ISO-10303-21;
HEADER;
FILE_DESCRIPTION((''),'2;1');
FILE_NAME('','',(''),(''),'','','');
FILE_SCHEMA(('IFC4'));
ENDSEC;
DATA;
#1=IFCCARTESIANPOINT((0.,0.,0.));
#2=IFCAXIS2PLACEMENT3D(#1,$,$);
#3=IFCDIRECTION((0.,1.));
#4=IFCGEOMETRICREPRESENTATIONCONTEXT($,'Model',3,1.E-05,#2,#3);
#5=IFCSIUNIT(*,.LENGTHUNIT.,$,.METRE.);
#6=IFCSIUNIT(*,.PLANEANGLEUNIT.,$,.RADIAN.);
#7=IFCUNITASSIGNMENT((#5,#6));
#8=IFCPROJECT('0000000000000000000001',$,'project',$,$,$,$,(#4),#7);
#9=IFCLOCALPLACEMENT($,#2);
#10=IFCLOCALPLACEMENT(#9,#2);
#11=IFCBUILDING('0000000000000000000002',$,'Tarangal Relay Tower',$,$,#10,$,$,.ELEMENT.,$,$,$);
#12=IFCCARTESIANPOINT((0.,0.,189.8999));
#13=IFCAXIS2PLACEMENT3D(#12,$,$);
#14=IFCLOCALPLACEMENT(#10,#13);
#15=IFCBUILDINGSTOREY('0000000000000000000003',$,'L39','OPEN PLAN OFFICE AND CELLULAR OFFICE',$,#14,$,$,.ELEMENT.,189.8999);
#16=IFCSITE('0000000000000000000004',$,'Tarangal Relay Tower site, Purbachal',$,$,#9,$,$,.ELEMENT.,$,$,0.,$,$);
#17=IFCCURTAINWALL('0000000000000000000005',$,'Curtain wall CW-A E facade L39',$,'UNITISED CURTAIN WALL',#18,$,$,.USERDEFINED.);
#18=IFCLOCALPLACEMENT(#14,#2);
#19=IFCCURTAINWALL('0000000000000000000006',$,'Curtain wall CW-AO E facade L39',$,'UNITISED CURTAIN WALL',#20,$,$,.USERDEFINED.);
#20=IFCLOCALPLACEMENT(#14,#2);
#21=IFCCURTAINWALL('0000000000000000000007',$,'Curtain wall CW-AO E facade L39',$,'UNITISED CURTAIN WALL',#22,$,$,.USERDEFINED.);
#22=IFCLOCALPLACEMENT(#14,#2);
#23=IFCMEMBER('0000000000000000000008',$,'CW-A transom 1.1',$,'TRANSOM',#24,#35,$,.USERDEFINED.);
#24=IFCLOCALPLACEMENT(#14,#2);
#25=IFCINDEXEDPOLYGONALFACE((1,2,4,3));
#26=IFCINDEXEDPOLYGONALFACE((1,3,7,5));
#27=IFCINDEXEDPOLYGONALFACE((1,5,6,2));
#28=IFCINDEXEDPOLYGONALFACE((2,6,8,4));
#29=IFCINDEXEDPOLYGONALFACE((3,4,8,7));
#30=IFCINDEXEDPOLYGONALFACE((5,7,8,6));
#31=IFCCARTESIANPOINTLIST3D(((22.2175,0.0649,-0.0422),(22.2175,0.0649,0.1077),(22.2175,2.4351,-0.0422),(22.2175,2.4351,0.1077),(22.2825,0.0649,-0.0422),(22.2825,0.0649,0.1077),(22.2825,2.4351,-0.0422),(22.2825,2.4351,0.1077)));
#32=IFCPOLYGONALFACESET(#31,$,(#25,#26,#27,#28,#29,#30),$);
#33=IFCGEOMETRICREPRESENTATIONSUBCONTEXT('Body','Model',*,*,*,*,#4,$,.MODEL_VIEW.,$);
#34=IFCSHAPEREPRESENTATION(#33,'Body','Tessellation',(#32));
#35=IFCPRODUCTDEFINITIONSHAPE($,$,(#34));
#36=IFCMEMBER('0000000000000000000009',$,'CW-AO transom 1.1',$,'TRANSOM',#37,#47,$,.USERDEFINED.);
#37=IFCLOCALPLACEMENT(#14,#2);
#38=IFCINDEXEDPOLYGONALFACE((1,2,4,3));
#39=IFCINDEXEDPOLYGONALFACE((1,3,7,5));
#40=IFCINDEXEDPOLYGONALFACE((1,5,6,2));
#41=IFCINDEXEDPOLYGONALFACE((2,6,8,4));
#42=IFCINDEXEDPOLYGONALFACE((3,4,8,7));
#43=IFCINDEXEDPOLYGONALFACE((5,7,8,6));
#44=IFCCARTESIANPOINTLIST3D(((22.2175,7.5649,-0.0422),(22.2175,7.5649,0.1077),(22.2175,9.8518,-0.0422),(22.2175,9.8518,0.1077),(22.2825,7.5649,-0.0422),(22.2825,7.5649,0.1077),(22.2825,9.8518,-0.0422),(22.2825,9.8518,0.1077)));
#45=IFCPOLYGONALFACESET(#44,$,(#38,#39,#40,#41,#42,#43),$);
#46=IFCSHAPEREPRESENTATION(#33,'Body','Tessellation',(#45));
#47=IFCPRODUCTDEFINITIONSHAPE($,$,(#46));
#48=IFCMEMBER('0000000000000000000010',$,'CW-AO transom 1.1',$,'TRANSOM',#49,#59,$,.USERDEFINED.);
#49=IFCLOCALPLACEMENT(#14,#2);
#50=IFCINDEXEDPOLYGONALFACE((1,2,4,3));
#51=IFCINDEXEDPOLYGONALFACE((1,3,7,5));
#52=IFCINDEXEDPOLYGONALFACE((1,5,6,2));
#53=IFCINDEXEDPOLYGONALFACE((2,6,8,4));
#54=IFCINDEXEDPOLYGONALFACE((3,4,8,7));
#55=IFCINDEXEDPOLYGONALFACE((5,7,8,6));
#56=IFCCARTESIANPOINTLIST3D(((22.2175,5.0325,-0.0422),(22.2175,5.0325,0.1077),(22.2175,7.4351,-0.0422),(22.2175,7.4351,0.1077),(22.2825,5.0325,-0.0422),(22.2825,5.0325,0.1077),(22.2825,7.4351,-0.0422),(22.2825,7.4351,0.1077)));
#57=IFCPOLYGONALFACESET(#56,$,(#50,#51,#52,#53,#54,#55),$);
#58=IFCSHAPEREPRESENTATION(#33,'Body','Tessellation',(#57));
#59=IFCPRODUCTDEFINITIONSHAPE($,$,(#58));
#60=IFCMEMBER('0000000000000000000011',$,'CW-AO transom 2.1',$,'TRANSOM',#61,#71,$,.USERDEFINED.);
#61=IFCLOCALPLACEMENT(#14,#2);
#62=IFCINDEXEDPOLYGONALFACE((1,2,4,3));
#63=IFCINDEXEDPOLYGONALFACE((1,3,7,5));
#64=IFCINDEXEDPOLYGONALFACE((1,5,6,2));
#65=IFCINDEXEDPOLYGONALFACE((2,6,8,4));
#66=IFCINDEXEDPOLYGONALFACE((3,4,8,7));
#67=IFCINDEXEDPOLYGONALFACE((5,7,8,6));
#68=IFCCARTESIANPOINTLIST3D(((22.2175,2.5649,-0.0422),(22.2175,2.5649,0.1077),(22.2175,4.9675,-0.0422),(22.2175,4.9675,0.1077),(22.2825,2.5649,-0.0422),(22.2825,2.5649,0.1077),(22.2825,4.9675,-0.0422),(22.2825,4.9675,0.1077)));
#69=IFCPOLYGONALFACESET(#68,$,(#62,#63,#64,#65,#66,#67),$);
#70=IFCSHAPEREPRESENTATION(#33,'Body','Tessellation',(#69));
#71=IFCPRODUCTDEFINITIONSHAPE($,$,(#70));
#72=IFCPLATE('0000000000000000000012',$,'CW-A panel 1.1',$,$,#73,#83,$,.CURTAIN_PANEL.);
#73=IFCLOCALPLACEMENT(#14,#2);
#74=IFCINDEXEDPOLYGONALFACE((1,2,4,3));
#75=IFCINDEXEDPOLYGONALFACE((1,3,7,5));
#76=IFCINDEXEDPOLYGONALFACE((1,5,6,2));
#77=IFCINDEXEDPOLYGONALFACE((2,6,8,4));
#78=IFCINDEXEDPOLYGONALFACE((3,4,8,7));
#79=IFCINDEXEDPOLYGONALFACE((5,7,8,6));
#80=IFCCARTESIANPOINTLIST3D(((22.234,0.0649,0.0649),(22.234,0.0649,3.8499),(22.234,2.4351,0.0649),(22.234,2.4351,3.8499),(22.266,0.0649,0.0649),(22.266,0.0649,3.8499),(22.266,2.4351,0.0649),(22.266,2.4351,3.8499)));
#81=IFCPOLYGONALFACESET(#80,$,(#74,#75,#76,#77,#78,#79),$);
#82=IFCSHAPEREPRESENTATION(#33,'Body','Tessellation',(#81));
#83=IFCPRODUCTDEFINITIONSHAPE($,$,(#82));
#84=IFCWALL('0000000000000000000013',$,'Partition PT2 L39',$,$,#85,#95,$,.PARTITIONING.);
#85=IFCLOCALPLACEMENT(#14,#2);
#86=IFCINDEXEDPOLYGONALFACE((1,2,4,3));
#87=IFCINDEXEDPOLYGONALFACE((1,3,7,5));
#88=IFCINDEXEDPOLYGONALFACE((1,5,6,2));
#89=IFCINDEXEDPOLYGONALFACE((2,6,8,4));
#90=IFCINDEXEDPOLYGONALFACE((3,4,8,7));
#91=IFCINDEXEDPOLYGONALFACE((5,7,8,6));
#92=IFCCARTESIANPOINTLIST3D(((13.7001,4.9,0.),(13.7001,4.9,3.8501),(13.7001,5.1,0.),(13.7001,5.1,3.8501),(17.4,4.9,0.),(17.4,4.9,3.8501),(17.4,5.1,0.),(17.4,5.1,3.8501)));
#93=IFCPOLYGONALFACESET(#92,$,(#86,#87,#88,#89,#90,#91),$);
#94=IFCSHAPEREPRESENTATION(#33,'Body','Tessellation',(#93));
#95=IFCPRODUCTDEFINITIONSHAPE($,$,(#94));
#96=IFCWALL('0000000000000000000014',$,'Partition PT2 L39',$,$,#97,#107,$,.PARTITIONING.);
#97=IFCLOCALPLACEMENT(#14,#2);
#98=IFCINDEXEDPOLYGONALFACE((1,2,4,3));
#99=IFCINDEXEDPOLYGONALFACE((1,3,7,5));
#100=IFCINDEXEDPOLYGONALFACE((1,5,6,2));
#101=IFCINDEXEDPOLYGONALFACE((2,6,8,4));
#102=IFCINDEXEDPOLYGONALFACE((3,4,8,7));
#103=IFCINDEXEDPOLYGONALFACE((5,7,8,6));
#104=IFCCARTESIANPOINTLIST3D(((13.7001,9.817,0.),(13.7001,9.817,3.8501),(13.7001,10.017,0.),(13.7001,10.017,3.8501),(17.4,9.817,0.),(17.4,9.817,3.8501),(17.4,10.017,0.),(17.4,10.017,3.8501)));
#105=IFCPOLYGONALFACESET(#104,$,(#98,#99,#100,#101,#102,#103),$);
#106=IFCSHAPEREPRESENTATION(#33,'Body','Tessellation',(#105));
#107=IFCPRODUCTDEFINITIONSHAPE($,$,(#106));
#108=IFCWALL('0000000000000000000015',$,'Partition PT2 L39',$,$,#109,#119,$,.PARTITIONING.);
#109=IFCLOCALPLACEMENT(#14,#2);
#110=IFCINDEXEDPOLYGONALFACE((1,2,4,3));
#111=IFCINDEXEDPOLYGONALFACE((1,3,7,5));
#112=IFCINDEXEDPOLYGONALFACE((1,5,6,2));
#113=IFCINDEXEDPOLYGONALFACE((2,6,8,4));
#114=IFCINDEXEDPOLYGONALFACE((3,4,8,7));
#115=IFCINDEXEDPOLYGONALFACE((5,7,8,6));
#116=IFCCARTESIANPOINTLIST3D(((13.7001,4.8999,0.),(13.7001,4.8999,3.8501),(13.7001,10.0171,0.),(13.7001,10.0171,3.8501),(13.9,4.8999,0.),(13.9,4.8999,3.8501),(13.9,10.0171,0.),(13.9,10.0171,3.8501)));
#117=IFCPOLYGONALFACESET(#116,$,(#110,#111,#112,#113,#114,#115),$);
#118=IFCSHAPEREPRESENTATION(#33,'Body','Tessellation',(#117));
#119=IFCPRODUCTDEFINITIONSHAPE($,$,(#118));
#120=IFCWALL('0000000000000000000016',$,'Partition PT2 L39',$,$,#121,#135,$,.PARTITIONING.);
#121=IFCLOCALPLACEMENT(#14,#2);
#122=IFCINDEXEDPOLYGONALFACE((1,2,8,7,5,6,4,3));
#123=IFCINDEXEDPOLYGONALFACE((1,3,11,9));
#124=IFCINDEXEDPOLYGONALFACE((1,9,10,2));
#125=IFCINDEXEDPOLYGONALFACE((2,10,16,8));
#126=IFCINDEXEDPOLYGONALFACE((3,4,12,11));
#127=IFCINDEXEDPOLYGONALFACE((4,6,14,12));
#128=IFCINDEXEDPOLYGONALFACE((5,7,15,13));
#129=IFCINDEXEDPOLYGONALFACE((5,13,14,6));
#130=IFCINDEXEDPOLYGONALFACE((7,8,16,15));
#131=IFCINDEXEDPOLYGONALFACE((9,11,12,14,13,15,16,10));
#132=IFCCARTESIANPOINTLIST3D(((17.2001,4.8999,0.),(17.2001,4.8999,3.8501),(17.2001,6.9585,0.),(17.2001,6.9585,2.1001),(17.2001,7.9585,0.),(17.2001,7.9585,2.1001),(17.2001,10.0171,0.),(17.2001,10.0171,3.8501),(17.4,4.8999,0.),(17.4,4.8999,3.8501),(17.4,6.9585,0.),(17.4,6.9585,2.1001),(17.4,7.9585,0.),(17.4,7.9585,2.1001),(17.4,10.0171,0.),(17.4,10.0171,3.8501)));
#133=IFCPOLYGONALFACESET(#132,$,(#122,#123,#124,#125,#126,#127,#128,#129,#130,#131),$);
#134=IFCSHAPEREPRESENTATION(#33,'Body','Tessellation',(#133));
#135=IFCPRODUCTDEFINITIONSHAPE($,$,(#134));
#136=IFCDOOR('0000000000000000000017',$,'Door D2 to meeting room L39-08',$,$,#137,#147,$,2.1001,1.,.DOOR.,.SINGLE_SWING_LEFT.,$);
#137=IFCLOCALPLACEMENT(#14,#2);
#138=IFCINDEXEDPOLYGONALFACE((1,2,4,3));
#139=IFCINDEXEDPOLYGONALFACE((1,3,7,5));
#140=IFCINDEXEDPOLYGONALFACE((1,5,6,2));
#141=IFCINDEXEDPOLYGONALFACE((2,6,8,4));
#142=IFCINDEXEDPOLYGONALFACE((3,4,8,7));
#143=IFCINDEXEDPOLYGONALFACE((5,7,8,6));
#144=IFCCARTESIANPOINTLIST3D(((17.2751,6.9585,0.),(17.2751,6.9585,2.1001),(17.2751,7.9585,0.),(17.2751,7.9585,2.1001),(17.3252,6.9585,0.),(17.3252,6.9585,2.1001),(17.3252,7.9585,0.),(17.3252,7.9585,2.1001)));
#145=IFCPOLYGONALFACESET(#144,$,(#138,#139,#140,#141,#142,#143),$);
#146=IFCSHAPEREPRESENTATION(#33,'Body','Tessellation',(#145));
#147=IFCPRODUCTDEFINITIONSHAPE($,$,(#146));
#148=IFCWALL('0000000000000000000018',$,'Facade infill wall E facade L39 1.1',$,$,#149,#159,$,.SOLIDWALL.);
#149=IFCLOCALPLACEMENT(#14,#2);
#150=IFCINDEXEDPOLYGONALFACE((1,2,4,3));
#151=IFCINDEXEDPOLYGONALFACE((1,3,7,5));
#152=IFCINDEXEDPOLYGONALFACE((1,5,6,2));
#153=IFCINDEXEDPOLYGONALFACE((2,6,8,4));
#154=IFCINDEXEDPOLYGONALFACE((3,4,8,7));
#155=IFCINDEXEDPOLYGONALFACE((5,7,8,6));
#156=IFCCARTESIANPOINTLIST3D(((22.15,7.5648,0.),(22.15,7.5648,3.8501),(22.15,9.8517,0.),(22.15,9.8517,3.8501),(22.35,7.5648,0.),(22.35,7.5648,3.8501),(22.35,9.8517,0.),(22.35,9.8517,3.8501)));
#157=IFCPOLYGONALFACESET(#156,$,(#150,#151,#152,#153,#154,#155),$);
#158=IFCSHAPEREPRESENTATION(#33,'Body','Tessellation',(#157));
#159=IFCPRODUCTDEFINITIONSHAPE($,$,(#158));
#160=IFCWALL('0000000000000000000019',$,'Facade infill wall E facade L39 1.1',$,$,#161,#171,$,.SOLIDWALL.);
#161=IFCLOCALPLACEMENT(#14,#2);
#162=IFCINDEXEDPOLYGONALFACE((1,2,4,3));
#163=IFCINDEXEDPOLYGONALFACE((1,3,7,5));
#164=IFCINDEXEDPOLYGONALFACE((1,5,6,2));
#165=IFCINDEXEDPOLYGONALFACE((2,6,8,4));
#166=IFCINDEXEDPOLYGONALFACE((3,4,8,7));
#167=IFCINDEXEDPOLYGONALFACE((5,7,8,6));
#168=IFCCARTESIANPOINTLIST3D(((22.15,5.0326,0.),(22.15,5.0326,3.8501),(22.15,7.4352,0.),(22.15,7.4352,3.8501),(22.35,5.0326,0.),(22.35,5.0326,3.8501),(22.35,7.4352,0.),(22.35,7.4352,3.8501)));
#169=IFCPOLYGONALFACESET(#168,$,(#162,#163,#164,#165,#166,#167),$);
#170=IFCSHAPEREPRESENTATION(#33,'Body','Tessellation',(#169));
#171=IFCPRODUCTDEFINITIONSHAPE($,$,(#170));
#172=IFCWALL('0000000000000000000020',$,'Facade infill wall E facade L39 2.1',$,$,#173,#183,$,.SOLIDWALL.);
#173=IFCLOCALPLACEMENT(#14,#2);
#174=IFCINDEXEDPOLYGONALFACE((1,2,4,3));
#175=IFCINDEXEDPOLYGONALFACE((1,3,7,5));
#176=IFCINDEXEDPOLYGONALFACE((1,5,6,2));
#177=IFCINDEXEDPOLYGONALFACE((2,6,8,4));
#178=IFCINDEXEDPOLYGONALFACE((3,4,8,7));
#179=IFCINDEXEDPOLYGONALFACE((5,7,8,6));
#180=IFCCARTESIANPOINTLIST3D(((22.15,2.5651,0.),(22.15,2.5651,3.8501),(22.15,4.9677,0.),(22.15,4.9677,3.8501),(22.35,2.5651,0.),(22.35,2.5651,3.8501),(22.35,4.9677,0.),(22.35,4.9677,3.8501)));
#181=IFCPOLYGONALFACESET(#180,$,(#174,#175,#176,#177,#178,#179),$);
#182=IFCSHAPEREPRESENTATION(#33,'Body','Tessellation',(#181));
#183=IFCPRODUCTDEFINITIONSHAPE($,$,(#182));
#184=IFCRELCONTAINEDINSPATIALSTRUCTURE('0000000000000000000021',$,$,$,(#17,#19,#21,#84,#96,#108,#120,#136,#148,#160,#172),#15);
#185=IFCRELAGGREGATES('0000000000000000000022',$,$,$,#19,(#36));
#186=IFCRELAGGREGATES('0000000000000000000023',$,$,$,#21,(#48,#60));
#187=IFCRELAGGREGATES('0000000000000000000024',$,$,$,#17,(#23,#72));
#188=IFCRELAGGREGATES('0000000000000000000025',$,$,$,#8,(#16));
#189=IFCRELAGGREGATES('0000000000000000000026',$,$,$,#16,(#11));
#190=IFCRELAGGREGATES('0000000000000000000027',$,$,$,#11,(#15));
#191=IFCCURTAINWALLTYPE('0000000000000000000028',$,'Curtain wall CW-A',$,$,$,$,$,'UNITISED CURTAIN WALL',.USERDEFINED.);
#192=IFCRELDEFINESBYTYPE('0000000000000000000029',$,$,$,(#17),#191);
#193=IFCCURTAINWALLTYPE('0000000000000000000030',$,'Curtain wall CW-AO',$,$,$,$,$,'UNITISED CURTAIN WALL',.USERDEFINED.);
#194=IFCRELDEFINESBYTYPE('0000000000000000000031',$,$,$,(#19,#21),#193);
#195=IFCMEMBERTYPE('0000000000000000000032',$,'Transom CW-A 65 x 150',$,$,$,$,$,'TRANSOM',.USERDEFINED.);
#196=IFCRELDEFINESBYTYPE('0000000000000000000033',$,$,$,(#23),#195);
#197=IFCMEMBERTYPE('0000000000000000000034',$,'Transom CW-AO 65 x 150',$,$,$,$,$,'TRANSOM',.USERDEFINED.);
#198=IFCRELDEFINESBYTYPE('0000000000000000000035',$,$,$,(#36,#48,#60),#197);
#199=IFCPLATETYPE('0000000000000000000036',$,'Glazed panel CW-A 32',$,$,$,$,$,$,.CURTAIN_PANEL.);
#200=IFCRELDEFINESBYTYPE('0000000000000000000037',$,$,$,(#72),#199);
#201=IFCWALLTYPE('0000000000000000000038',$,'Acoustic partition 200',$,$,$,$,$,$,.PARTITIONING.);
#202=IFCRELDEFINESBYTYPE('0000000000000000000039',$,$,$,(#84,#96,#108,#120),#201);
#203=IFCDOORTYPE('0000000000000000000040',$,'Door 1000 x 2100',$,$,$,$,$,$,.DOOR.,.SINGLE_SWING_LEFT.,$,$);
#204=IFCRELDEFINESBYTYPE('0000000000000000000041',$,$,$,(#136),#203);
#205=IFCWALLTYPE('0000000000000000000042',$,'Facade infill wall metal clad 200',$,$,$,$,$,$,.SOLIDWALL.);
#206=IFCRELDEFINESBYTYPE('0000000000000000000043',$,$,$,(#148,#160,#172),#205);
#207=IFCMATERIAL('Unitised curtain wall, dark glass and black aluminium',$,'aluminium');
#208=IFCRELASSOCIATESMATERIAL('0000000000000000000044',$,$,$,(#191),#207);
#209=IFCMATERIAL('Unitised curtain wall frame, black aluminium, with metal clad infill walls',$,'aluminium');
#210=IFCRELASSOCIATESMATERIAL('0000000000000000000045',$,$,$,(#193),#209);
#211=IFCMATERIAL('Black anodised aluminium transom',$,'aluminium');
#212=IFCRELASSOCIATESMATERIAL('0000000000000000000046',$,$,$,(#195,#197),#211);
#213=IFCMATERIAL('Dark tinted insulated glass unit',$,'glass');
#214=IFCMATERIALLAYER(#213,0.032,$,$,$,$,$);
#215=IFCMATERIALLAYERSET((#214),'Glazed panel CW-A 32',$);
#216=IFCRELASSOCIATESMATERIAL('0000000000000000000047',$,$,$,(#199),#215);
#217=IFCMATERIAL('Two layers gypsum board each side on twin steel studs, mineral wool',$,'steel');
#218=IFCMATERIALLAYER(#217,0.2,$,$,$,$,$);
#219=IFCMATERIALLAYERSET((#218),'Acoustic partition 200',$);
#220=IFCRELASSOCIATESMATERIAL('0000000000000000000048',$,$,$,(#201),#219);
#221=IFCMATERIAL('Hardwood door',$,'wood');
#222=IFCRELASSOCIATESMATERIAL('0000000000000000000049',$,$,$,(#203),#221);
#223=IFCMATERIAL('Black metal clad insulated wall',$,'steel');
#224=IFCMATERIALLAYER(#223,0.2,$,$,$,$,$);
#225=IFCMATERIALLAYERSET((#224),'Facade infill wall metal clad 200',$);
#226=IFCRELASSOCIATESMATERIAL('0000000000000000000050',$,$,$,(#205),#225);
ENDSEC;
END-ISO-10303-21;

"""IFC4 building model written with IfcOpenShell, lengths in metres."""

from ifc_helpers import new_model, si_unit, direction, frame, frame_2d, origin, origin_2d, place, context, subcontext, project, spatial, rectangle, extrude, material, layer, layer_set, material_profile, profile_set, type_object, element, fill, aggregate, save


model = new_model("IFC4")

# Units and contexts
model_context = context("Model", 3, precision=1e-05, world=origin(), true_north=direction((0.0, 1.0)))
body_context = subcontext(model_context, "Body", "Model", "MODEL_VIEW")
ifc_project = project(units=[si_unit("LENGTHUNIT", "METRE"), si_unit("PLANEANGLEUNIT", "RADIAN")], contexts=[model_context])

# Site, building, storey
site_placement = place(None, origin())
site = spatial("IfcSite", under=ifc_project, at=site_placement, Name="Tarangal Relay Tower site, Purbachal", CompositionType="ELEMENT", RefElevation=0.0)
building_placement = place(site_placement, origin())
building = spatial("IfcBuilding", under=site, at=building_placement, Name="Tarangal Relay Tower", CompositionType="ELEMENT")
storey_placement = place(building_placement, frame((0.0, 0.0, 189.8999)))
storey = spatial("IfcBuildingStorey", under=building, at=storey_placement, Name="L39", Description="OPEN PLAN OFFICE AND CELLULAR OFFICE", CompositionType="ELEMENT", Elevation=189.8999)

# Curtain walls
ifc_material_1 = material(Name="Unitised curtain wall, dark glass and black aluminium", Category="aluminium")
curtain_wall_type_1 = type_object("IfcCurtainWallType", Name="Curtain wall CW-A", ElementType="UNITISED CURTAIN WALL", PredefinedType="USERDEFINED", material=ifc_material_1)
curtain_wall_1_placement = place(storey_placement, origin())
curtain_wall_1 = element("IfcCurtainWall", 1, at=curtain_wall_1_placement, inside=storey, type_object=curtain_wall_type_1, Name="Curtain wall CW-A E facade L39", ObjectType="UNITISED CURTAIN WALL", PredefinedType="USERDEFINED")
ifc_material_2 = material(Name="Unitised curtain wall frame, black aluminium, with metal clad infill walls", Category="aluminium")
curtain_wall_type_2 = type_object("IfcCurtainWallType", Name="Curtain wall CW-AO", ElementType="UNITISED CURTAIN WALL", PredefinedType="USERDEFINED", material=ifc_material_2)
curtain_wall_2_placement = place(storey_placement, origin())
curtain_wall_2 = element("IfcCurtainWall", 2, at=curtain_wall_2_placement, inside=storey, type_object=curtain_wall_type_2, Name="Curtain wall CW-AO E facade L39", ObjectType="UNITISED CURTAIN WALL", PredefinedType="USERDEFINED")
curtain_wall_3_placement = place(storey_placement, origin())
curtain_wall_3 = element("IfcCurtainWall", 3, at=curtain_wall_3_placement, inside=storey, type_object=curtain_wall_type_2, Name="Curtain wall CW-AO E facade L39", ObjectType="UNITISED CURTAIN WALL", PredefinedType="USERDEFINED")

# Members
ifc_material_3 = material(Name="Black anodised aluminium transom", Category="aluminium")
ifc_material_profile_1 = material_profile(ifc_material_3, rectangle(XDim=0.0649, YDim=0.1499, at=origin_2d()), Name="CW-AT 65X150")
ifc_profile_set_1 = profile_set([ifc_material_profile_1], Name="Black anodised aluminium transom")
member_type_1 = type_object("IfcMemberType", Name="Transom CW-A 65 x 150", ElementType="TRANSOM", PredefinedType="USERDEFINED", material=ifc_profile_set_1)
member_1_placement = place(storey_placement, frame((22.25, 2.4351, 0.0327), z_axis=(0.0, -1.0, 0.0), x_axis=(1.0, 0.0, 0.0)))
member_1 = element("IfcMember", 4, at=member_1_placement, type_object=member_type_1, Name="CW-A transom 1.1", ObjectType="TRANSOM", PredefinedType="USERDEFINED", context=body_context, shape_type="SweptSolid", body=[
    extrude(rectangle(XDim=0.0649, YDim=0.1499, at=origin_2d()), origin(), (0.0, 0.0, 1.0), 2.3701),
])
ifc_material_profile_2 = material_profile(ifc_material_3, rectangle(XDim=0.0649, YDim=0.1499, at=origin_2d()), Name="CW-AOT 65X150")
ifc_profile_set_2 = profile_set([ifc_material_profile_2], Name="Black anodised aluminium transom")
member_type_2 = type_object("IfcMemberType", Name="Transom CW-AO 65 x 150", ElementType="TRANSOM", PredefinedType="USERDEFINED", material=ifc_profile_set_2)
member_2_placement = place(storey_placement, frame((22.25, 9.8518, 0.0327), z_axis=(0.0, -1.0, 0.0), x_axis=(1.0, 0.0, 0.0)))
member_2 = element("IfcMember", 5, at=member_2_placement, type_object=member_type_2, Name="CW-AO transom 1.1", ObjectType="TRANSOM", PredefinedType="USERDEFINED", context=body_context, shape_type="SweptSolid", body=[
    extrude(rectangle(XDim=0.0649, YDim=0.1499, at=origin_2d()), origin(), (0.0, 0.0, 1.0), 2.2869),
])
aggregate(curtain_wall_2, [member_2])
member_3_placement = place(storey_placement, frame((22.25, 7.4351, 0.0327), z_axis=(0.0, -1.0, 0.0), x_axis=(1.0, 0.0, 0.0)))
member_3 = element("IfcMember", 6, at=member_3_placement, type_object=member_type_2, Name="CW-AO transom 1.1", ObjectType="TRANSOM", PredefinedType="USERDEFINED", context=body_context, shape_type="SweptSolid", body=[
    extrude(rectangle(XDim=0.0649, YDim=0.1499, at=origin_2d()), origin(), (0.0, 0.0, 1.0), 2.4026),
])
member_4_placement = place(storey_placement, frame((22.25, 4.9675, 0.0327), z_axis=(0.0, -1.0, 0.0), x_axis=(1.0, 0.0, 0.0)))
member_4 = element("IfcMember", 7, at=member_4_placement, type_object=member_type_2, Name="CW-AO transom 2.1", ObjectType="TRANSOM", PredefinedType="USERDEFINED", context=body_context, shape_type="SweptSolid", body=[
    extrude(rectangle(XDim=0.0649, YDim=0.1499, at=origin_2d()), origin(), (0.0, 0.0, 1.0), 2.4026),
])
aggregate(curtain_wall_3, [member_3, member_4])

# Plate
ifc_material_4 = material(Name="Dark tinted insulated glass unit", Category="glass")
ifc_layer_1 = layer(ifc_material_4, 0.032)
ifc_layer_set_1 = layer_set([ifc_layer_1], Name="Glazed panel CW-A 32")
plate_type = type_object("IfcPlateType", Name="Glazed panel CW-A 32", PredefinedType="CURTAIN_PANEL", material=ifc_layer_set_1)
plate_placement = place(storey_placement, frame((22.25, 1.25, 0.0649), z_axis=(0.0, 0.0, 1.0), x_axis=(0.0, -1.0, 0.0)))
plate = element("IfcPlate", 8, at=plate_placement, type_object=plate_type, Name="CW-A panel 1.1", PredefinedType="CURTAIN_PANEL", context=body_context, shape_type="SweptSolid", body=[
    extrude(rectangle(XDim=2.3701, YDim=0.032, at=origin_2d()), origin(), (0.0, 0.0, 1.0), 3.7849),
])
aggregate(curtain_wall_1, [member_1, plate])

# Walls
ifc_material_5 = material(Name="Two layers gypsum board each side on twin steel studs, mineral wool", Category="steel")
ifc_layer_2 = layer(ifc_material_5, 0.2)
ifc_layer_set_2 = layer_set([ifc_layer_2], Name="Acoustic partition 200")
wall_type_1 = type_object("IfcWallType", Name="Acoustic partition 200", PredefinedType="PARTITIONING", material=ifc_layer_set_2)
for number, where, z_axis, x_axis, name in (
    (9, (13.7, 5.0, 0.0), (0.0, 0.0, 1.0), (1.0, 0.0, 0.0), "Partition PT2 L39"),
    (10, (13.7, 9.917, 0.0), (0.0, 0.0, 1.0), (1.0, 0.0, 0.0), "Partition PT2 L39"),
):
    element("IfcWall", number, at=place(storey_placement, frame(where, z_axis=z_axis, x_axis=x_axis)), inside=storey, type_object=wall_type_1, Name=name, PredefinedType="PARTITIONING", context=body_context, shape_type="SweptSolid", body=[
        extrude(rectangle(XDim=3.7, YDim=0.2, at=frame_2d((1.8501, 0.0))), origin(), (0.0, 0.0, 1.0), 3.8501),
    ])
wall_1_placement = place(storey_placement, frame((13.8, 4.8999, 0.0), z_axis=(0.0, 0.0, 1.0), x_axis=(0.0, 1.0, 0.0)))
element("IfcWall", 11, at=wall_1_placement, inside=storey, type_object=wall_type_1, Name="Partition PT2 L39", PredefinedType="PARTITIONING", context=body_context, shape_type="SweptSolid", body=[
    extrude(rectangle(XDim=5.1172, YDim=0.2, at=frame_2d((2.5586, 0.0))), origin(), (0.0, 0.0, 1.0), 3.8501),
])

# Wall, opening, door
wall_2_placement = place(storey_placement, frame((17.3, 4.8999, 0.0), z_axis=(0.0, 0.0, 1.0), x_axis=(0.0, 1.0, 0.0)))
wall_2 = element("IfcWall", 12, at=wall_2_placement, inside=storey, type_object=wall_type_1, Name="Partition PT2 L39", PredefinedType="PARTITIONING", context=body_context, shape_type="SweptSolid", body=[
    extrude(rectangle(XDim=5.1172, YDim=0.2, at=frame_2d((2.5586, 0.0))), origin(), (0.0, 0.0, 1.0), 3.8501),
])
opening_1_placement = place(wall_2_placement, frame((2.0586, 0.0, 0.0)))
opening_1 = element("IfcOpeningElement", 13, at=opening_1_placement, cuts=wall_2, PredefinedType="OPENING", context=body_context, shape_type="SweptSolid", body=[
    extrude(rectangle(XDim=1.0, YDim=2.1001, at=frame_2d((0.5, 1.05))), frame((0.0, 0.1099, 0.0), z_axis=(0.0, -1.0, 0.0), x_axis=(1.0, 0.0, 0.0)), (0.0, 0.0, 1.0), 0.22),
])
ifc_material_6 = material(Name="Hardwood door", Category="wood")
door_type_1 = type_object("IfcDoorType", Name="Door 1000 x 2100", OperationType="SINGLE_SWING_LEFT", PredefinedType="DOOR", material=ifc_material_6)
door_1_placement = place(opening_1_placement, origin())
door_1 = element("IfcDoor", 14, at=door_1_placement, inside=storey, type_object=door_type_1, Name="Door D2 to meeting room L39-08", OperationType="SINGLE_SWING_LEFT", OverallHeight=2.1001, OverallWidth=1.0, PredefinedType="DOOR", context=body_context, shape_type="SweptSolid", body=[
    extrude(rectangle(XDim=1.0, YDim=2.1001, at=frame_2d((0.5, 1.05))), frame((0.0, 0.0249, 0.0), z_axis=(0.0, -1.0, 0.0), x_axis=(1.0, 0.0, 0.0)), (0.0, 0.0, 1.0), 0.05),
])
fill(opening_1, door_1)

# Walls
ifc_material_7 = material(Name="Black metal clad insulated wall", Category="steel")
ifc_layer_3 = layer(ifc_material_7, 0.2)
ifc_layer_set_3 = layer_set([ifc_layer_3], Name="Facade infill wall metal clad 200")
wall_type_2 = type_object("IfcWallType", Name="Facade infill wall metal clad 200", PredefinedType="SOLIDWALL", material=ifc_layer_set_3)
wall_3_placement = place(storey_placement, frame((22.25, 9.8518, 0.0), z_axis=(0.0, 0.0, 1.0), x_axis=(0.0, -1.0, 0.0)))
element("IfcWall", 15, at=wall_3_placement, inside=storey, type_object=wall_type_2, Name="Facade infill wall E facade L39 1.1", PredefinedType="SOLIDWALL", context=body_context, shape_type="SweptSolid", body=[
    extrude(rectangle(XDim=2.2869, YDim=0.2, at=frame_2d((1.1436, 0.0))), origin(), (0.0, 0.0, 1.0), 3.8501),
])
for number, where, z_axis, x_axis, name in (
    (16, (22.25, 7.4351, 0.0), (0.0, 0.0, 1.0), (0.0, -1.0, 0.0), "Facade infill wall E facade L39 1.1"),
    (17, (22.25, 4.9675, 0.0), (0.0, 0.0, 1.0), (0.0, -1.0, 0.0), "Facade infill wall E facade L39 2.1"),
):
    element("IfcWall", number, at=place(storey_placement, frame(where, z_axis=z_axis, x_axis=x_axis)), inside=storey, type_object=wall_type_2, Name=name, PredefinedType="SOLIDWALL", context=body_context, shape_type="SweptSolid", body=[
        extrude(rectangle(XDim=2.4026, YDim=0.2, at=frame_2d((1.2012, 0.0))), origin(), (0.0, 0.0, 1.0), 3.8501),
    ])

save(model, "model.ifc")
